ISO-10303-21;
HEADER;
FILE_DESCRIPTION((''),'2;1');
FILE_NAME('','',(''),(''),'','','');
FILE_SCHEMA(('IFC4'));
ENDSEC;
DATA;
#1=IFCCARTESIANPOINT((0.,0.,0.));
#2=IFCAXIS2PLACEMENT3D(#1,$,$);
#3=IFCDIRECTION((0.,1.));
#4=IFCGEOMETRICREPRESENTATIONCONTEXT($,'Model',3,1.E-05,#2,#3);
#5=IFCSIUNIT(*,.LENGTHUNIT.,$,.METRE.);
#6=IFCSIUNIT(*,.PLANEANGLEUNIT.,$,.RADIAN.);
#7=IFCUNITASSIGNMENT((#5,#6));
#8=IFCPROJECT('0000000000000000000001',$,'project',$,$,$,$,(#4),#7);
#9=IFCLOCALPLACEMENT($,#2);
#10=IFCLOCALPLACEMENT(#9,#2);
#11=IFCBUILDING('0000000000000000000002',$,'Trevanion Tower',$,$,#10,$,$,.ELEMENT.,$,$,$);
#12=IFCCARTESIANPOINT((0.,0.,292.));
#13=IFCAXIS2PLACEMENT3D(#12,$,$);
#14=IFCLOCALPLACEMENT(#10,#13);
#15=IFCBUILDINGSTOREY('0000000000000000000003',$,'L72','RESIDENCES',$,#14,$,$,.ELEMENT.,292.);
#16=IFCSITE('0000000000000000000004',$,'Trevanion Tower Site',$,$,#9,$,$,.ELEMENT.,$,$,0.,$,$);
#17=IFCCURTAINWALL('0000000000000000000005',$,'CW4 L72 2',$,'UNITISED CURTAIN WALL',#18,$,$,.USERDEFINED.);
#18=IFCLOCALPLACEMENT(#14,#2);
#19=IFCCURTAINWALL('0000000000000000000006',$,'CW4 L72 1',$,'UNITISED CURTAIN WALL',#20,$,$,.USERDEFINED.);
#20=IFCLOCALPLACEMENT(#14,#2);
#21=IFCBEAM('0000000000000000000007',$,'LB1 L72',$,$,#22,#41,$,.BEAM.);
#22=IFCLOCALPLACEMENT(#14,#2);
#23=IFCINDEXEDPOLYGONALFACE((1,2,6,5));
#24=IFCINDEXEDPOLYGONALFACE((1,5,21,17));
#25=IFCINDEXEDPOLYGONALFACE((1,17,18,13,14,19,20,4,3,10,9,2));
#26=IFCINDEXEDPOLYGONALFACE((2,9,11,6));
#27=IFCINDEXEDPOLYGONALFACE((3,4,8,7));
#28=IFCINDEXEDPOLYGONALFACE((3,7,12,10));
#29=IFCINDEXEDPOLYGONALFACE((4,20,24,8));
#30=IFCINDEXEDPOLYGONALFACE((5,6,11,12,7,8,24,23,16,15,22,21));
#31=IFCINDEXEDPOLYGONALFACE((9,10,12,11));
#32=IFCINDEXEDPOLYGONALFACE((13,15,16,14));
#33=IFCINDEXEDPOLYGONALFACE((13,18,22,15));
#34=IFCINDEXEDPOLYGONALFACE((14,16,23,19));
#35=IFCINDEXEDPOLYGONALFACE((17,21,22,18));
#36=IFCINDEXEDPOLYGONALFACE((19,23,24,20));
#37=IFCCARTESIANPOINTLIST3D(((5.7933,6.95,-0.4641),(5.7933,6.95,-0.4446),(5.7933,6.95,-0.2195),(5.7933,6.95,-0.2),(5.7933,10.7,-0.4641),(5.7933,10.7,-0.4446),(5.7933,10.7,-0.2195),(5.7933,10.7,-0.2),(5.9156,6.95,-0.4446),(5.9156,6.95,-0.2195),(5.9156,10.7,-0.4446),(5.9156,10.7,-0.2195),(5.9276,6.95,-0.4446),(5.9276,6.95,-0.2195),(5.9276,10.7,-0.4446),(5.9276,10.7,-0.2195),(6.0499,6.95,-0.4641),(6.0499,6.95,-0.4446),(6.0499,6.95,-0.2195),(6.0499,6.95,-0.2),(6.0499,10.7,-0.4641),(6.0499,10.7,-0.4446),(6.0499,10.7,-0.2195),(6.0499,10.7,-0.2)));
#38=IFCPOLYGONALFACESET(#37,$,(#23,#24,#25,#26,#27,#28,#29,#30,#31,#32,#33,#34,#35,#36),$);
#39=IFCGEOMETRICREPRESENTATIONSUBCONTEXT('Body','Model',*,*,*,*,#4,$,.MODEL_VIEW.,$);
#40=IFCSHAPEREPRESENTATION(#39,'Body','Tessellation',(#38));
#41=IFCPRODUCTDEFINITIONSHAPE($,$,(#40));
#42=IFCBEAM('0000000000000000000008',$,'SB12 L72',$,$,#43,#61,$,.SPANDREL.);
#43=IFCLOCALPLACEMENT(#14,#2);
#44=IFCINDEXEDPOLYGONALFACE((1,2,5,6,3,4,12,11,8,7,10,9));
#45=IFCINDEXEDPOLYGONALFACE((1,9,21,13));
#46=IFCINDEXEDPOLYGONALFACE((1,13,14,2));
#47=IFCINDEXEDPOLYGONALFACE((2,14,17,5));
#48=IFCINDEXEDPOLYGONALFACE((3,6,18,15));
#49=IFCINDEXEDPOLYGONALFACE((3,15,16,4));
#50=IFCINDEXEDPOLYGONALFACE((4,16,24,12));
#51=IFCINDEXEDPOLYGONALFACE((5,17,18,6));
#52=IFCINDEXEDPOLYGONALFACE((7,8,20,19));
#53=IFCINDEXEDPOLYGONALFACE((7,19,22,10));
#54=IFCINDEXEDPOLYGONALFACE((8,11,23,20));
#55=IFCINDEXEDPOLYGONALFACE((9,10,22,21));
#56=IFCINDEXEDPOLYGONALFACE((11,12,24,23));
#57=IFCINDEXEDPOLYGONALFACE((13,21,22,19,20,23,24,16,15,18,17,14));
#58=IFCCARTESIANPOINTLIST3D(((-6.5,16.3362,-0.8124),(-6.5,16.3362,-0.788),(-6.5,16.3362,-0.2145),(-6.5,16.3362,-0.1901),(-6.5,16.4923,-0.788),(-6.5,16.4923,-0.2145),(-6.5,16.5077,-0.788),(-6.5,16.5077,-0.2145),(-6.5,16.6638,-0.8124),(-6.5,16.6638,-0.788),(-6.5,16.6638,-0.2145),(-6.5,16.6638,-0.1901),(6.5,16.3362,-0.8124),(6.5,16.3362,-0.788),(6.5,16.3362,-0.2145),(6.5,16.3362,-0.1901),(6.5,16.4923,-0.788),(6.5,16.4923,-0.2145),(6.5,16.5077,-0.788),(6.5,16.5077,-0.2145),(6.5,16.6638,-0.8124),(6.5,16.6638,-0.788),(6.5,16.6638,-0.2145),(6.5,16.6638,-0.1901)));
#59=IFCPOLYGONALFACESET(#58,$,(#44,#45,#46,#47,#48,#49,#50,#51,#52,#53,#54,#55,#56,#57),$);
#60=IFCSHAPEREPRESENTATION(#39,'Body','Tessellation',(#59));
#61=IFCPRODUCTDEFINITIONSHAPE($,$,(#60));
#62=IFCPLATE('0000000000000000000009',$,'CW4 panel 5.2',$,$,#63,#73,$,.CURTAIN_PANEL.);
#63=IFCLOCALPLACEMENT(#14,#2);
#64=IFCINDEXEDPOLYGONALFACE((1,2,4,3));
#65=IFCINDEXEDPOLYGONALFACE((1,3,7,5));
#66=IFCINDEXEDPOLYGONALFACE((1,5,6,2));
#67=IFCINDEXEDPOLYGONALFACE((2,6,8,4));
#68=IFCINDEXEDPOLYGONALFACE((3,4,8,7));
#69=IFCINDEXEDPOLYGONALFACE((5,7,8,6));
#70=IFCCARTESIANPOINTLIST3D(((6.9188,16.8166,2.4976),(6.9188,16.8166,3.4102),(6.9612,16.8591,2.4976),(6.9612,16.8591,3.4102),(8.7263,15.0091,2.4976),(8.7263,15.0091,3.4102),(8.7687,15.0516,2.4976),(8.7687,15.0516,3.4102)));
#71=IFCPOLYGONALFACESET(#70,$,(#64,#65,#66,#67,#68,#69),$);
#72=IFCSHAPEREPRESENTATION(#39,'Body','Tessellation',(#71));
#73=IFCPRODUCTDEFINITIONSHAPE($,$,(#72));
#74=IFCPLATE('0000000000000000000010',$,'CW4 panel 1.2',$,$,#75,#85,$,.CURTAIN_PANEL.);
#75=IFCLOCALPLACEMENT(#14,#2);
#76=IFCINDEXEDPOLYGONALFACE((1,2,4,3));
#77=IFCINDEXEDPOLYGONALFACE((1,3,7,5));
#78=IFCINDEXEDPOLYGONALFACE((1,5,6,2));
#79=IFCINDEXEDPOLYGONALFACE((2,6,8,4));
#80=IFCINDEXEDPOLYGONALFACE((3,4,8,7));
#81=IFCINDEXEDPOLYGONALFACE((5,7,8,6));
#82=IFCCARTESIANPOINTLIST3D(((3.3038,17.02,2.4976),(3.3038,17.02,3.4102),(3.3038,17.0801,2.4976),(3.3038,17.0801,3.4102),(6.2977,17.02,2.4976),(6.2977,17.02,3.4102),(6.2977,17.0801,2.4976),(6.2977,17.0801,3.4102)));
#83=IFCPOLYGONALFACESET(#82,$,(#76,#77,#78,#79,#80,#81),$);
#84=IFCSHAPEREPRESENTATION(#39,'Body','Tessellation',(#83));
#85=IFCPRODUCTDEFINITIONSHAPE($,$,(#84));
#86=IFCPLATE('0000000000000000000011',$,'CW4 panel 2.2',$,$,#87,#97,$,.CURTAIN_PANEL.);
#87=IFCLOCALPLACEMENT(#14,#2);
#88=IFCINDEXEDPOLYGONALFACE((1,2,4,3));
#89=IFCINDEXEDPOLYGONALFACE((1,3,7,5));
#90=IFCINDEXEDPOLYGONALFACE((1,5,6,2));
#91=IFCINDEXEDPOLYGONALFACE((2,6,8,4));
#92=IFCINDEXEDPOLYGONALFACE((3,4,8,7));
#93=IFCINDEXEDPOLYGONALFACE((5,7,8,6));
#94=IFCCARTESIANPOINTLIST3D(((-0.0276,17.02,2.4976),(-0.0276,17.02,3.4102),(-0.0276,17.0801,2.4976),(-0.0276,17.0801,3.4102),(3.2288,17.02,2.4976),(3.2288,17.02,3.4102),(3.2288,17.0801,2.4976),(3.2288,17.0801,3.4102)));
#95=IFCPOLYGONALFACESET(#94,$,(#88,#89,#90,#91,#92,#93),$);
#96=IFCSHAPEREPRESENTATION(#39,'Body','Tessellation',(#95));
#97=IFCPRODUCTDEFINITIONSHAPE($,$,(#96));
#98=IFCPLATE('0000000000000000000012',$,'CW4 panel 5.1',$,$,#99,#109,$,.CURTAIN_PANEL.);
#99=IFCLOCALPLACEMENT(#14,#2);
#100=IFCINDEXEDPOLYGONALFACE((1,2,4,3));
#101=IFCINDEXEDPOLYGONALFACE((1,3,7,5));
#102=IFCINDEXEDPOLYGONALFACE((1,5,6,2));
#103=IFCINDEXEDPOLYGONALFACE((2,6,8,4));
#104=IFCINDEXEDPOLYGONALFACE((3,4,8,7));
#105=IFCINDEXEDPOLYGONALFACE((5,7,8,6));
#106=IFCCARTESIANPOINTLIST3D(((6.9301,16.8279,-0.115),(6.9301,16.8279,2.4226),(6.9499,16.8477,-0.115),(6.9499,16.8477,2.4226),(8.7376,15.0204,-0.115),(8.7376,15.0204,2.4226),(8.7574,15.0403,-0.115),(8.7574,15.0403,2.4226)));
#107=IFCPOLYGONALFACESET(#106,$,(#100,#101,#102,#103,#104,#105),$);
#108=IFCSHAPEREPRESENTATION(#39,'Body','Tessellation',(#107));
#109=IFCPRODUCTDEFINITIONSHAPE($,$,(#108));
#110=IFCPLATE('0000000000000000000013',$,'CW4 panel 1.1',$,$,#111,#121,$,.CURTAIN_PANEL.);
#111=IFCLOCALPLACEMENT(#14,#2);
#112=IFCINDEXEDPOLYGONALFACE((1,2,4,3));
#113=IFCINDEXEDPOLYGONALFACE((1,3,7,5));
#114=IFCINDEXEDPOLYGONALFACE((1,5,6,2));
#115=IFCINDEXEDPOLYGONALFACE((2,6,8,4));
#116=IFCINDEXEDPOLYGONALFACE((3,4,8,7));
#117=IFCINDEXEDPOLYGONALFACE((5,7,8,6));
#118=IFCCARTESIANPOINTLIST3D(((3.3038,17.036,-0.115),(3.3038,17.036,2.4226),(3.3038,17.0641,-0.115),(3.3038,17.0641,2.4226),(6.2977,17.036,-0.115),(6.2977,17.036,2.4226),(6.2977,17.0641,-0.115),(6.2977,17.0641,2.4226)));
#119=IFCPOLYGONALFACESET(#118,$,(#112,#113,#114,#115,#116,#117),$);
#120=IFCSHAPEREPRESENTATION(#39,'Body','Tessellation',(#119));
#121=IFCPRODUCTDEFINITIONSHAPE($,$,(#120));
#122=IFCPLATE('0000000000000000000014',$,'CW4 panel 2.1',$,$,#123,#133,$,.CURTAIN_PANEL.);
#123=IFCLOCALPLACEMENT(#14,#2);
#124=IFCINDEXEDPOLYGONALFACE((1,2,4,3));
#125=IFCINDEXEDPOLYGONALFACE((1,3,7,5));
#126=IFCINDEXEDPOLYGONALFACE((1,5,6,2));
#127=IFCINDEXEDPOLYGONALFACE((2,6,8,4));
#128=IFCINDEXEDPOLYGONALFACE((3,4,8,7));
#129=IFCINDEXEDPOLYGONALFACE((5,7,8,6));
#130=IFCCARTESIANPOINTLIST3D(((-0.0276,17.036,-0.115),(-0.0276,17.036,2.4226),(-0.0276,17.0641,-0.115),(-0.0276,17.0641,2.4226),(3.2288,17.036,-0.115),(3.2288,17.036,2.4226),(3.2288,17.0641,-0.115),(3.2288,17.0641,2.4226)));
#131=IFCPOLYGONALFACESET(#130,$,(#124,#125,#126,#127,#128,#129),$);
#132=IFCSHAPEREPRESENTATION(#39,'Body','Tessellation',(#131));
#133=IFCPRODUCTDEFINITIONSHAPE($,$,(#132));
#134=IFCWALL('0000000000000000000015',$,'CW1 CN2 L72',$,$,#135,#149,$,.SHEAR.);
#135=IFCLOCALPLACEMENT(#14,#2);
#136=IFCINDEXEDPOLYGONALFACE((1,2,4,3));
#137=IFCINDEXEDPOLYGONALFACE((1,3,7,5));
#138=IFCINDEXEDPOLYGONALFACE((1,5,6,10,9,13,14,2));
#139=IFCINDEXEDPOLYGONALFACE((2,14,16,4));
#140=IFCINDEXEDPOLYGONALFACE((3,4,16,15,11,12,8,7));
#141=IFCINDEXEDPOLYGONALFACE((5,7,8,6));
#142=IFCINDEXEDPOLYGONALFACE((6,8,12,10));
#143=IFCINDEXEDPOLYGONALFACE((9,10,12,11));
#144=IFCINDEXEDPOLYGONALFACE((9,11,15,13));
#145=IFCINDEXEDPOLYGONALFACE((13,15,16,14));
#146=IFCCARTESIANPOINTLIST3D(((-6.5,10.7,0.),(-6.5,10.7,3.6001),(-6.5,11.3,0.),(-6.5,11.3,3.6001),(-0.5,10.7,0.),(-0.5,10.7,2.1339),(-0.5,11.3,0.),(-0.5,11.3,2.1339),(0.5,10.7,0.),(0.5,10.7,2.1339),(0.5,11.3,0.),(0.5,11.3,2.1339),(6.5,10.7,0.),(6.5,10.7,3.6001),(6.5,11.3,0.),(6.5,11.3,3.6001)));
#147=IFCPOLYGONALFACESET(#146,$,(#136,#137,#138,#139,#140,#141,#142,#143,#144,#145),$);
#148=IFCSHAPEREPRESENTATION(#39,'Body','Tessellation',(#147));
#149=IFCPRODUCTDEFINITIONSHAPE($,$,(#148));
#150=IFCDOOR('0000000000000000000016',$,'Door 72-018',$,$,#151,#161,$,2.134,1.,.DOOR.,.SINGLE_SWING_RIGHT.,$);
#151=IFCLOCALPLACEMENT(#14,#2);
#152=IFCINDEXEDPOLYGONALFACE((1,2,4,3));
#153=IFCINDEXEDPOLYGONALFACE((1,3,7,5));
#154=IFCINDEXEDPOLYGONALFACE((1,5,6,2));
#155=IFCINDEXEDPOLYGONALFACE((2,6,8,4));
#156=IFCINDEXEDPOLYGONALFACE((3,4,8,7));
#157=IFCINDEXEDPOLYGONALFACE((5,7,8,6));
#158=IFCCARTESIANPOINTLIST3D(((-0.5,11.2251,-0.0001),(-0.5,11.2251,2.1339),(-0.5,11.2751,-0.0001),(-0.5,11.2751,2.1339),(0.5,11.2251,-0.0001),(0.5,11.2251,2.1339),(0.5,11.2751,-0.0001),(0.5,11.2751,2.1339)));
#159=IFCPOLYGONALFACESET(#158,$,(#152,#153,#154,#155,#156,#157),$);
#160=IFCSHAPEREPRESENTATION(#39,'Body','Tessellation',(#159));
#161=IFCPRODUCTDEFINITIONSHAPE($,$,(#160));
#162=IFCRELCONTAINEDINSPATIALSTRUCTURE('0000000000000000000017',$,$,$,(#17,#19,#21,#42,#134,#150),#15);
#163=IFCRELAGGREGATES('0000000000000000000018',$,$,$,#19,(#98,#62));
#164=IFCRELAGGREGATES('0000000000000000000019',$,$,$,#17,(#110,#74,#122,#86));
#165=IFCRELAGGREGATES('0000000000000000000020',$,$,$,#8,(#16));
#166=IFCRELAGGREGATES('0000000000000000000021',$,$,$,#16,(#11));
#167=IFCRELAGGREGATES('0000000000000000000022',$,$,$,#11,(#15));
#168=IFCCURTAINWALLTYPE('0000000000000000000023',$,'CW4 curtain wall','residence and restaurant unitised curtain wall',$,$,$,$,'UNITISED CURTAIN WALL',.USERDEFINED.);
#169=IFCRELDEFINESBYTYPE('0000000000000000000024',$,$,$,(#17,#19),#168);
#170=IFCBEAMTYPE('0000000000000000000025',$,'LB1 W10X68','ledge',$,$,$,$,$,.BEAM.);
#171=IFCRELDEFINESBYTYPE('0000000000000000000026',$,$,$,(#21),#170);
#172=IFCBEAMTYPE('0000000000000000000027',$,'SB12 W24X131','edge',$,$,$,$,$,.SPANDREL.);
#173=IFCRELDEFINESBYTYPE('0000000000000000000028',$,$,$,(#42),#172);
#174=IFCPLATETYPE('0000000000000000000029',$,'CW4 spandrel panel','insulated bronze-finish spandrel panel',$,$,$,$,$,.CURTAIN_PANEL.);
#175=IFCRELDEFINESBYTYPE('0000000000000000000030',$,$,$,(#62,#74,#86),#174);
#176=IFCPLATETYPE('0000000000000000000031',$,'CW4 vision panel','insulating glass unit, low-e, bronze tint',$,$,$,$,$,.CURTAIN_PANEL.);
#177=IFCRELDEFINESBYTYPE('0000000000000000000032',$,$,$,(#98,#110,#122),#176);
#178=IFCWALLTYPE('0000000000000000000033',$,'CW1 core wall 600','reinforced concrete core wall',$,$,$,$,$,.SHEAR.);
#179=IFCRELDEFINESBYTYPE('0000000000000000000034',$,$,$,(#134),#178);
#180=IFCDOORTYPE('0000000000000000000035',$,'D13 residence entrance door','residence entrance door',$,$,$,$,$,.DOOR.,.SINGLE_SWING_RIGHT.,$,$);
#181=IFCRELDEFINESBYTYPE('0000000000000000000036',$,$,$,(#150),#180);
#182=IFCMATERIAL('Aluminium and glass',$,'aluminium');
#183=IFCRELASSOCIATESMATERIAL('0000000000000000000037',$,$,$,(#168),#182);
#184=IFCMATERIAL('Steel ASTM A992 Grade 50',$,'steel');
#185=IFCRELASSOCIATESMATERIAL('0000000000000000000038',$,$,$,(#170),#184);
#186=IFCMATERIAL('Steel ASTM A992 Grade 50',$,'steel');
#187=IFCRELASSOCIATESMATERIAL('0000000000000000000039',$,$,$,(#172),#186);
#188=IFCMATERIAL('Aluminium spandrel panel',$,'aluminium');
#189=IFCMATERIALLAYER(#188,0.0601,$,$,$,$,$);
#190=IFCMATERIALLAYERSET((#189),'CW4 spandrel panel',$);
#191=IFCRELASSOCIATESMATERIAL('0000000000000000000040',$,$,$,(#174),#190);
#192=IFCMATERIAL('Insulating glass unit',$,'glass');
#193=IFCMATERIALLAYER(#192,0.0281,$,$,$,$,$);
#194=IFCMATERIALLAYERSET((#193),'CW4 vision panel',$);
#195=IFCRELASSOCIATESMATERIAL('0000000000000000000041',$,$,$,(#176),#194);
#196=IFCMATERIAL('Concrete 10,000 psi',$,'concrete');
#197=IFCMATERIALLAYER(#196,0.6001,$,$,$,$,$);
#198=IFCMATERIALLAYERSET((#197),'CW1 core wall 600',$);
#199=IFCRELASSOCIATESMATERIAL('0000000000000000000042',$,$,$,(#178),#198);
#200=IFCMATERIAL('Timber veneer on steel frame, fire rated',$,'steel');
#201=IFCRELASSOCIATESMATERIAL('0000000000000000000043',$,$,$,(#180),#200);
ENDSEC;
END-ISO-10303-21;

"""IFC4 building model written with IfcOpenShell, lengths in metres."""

from ifc_helpers import new_model, si_unit, direction, frame, frame_2d, origin, origin_2d, place, context, subcontext, project, spatial, rectangle, i_section, extrude, material, layer, layer_set, material_profile, profile_set, type_object, element, fill, aggregate, save


model = new_model("IFC4")

# Units and contexts
model_context = context("Model", 3, precision=1e-05, world=origin(), true_north=direction((0.0, 1.0)))
body_context = subcontext(model_context, "Body", "Model", "MODEL_VIEW")
ifc_project = project(units=[si_unit("LENGTHUNIT", "METRE"), si_unit("PLANEANGLEUNIT", "RADIAN")], contexts=[model_context])

# Site, building, storey
site_placement = place(None, origin())
site = spatial("IfcSite", under=ifc_project, at=site_placement, Name="Trevanion Tower Site", CompositionType="ELEMENT", RefElevation=0.0)
building_placement = place(site_placement, origin())
building = spatial("IfcBuilding", under=site, at=building_placement, Name="Trevanion Tower", CompositionType="ELEMENT")
storey_placement = place(building_placement, frame((0.0, 0.0, 292.0)))
storey = spatial("IfcBuildingStorey", under=building, at=storey_placement, Name="L72", Description="RESIDENCES", CompositionType="ELEMENT", Elevation=292.0)

# Curtain walls
ifc_material_1 = material(Name="Aluminium and glass", Category="aluminium")
curtain_wall_type = type_object("IfcCurtainWallType", Name="CW4 curtain wall", Description="residence and restaurant unitised curtain wall", ElementType="UNITISED CURTAIN WALL", PredefinedType="USERDEFINED", material=ifc_material_1)
curtain_wall_1_placement = place(storey_placement, origin())
curtain_wall_1 = element("IfcCurtainWall", 1, at=curtain_wall_1_placement, inside=storey, type_object=curtain_wall_type, Name="CW4 L72 2", ObjectType="UNITISED CURTAIN WALL", PredefinedType="USERDEFINED")
curtain_wall_2_placement = place(storey_placement, origin())
curtain_wall_2 = element("IfcCurtainWall", 2, at=curtain_wall_2_placement, inside=storey, type_object=curtain_wall_type, Name="CW4 L72 1", ObjectType="UNITISED CURTAIN WALL", PredefinedType="USERDEFINED")

# Beams
ifc_material_2 = material(Name="Steel ASTM A992 Grade 50", Category="steel")
ifc_material_profile_1 = material_profile(ifc_material_2, i_section(OverallWidth=0.2566, OverallDepth=0.2642, WebThickness=0.012, FlangeThickness=0.0195, at=origin_2d()), Name="W10X68")
ifc_profile_set_1 = profile_set([ifc_material_profile_1], Name="Steel ASTM A992 Grade 50")
beam_type_1 = type_object("IfcBeamType", Name="LB1 W10X68", Description="ledge", PredefinedType="BEAM", material=ifc_profile_set_1)
beam_1_placement = place(storey_placement, frame((5.9216, 6.95, -0.332), z_axis=(0.0, 1.0, 0.0), x_axis=(-1.0, 0.0, 0.0)))
element("IfcBeam", 3, at=beam_1_placement, inside=storey, type_object=beam_type_1, Name="LB1 L72", PredefinedType="BEAM", context=body_context, shape_type="SweptSolid", body=[
    extrude(i_section(OverallWidth=0.2566, OverallDepth=0.2642, WebThickness=0.012, FlangeThickness=0.0195, at=origin_2d()), origin(), (0.0, 0.0, 1.0), 3.75),
])
ifc_material_3 = material(Name="Steel ASTM A992 Grade 50", Category="steel")
ifc_material_profile_2 = material_profile(ifc_material_3, i_section(OverallWidth=0.3276, OverallDepth=0.6223, WebThickness=0.0154, FlangeThickness=0.0244, at=origin_2d()), Name="W24X131")
ifc_profile_set_2 = profile_set([ifc_material_profile_2], Name="Steel ASTM A992 Grade 50")
beam_type_2 = type_object("IfcBeamType", Name="SB12 W24X131", Description="edge", PredefinedType="SPANDREL", material=ifc_profile_set_2)
beam_2_placement = place(storey_placement, frame((6.5, 16.5, -0.5012), z_axis=(-1.0, 0.0, 0.0), x_axis=(0.0, -1.0, 0.0)))
element("IfcBeam", 4, at=beam_2_placement, inside=storey, type_object=beam_type_2, Name="SB12 L72", PredefinedType="SPANDREL", context=body_context, shape_type="SweptSolid", body=[
    extrude(i_section(OverallWidth=0.3276, OverallDepth=0.6223, WebThickness=0.0154, FlangeThickness=0.0244, at=origin_2d()), origin(), (0.0, 0.0, 1.0), 13.0),
])

# Plates
ifc_material_4 = material(Name="Aluminium spandrel panel", Category="aluminium")
ifc_layer_1 = layer(ifc_material_4, 0.0601)
ifc_layer_set_1 = layer_set([ifc_layer_1], Name="CW4 spandrel panel")
plate_type_1 = type_object("IfcPlateType", Name="CW4 spandrel panel", Description="insulated bronze-finish spandrel panel", PredefinedType="CURTAIN_PANEL", material=ifc_layer_set_1)
plate_1_placement = place(storey_placement, frame((7.8438, 15.9341, 2.4976), z_axis=(0.0, 0.0, 1.0), x_axis=(-0.707107, 0.707107, 0.0)))
plate_1 = element("IfcPlate", 5, at=plate_1_placement, type_object=plate_type_1, Name="CW4 panel 5.2", PredefinedType="CURTAIN_PANEL", context=body_context, shape_type="SweptSolid", body=[
    extrude(rectangle(XDim=2.5562, YDim=0.0601, at=origin_2d()), origin(), (0.0, 0.0, 1.0), 0.9126),
])
plate_2_placement = place(storey_placement, frame((4.8008, 17.05, 2.4976), z_axis=(0.0, 0.0, 1.0), x_axis=(-1.0, 0.0, 0.0)))
plate_2 = element("IfcPlate", 6, at=plate_2_placement, type_object=plate_type_1, Name="CW4 panel 1.2", PredefinedType="CURTAIN_PANEL", context=body_context, shape_type="SweptSolid", body=[
    extrude(rectangle(XDim=2.9939, YDim=0.0601, at=origin_2d()), origin(), (0.0, 0.0, 1.0), 0.9126),
])
plate_3_placement = place(storey_placement, frame((1.6006, 17.05, 2.4976), z_axis=(0.0, 0.0, 1.0), x_axis=(-1.0, 0.0, 0.0)))
plate_3 = element("IfcPlate", 7, at=plate_3_placement, type_object=plate_type_1, Name="CW4 panel 2.2", PredefinedType="CURTAIN_PANEL", context=body_context, shape_type="SweptSolid", body=[
    extrude(rectangle(XDim=3.2563, YDim=0.0601, at=origin_2d()), origin(), (0.0, 0.0, 1.0), 0.9126),
])
ifc_material_5 = material(Name="Insulating glass unit", Category="glass")
ifc_layer_2 = layer(ifc_material_5, 0.0281)
ifc_layer_set_2 = layer_set([ifc_layer_2], Name="CW4 vision panel")
plate_type_2 = type_object("IfcPlateType", Name="CW4 vision panel", Description="insulating glass unit, low-e, bronze tint", PredefinedType="CURTAIN_PANEL", material=ifc_layer_set_2)
plate_4_placement = place(storey_placement, frame((7.8438, 15.9341, -0.115), z_axis=(0.0, 0.0, 1.0), x_axis=(-0.707107, 0.707107, 0.0)))
plate_4 = element("IfcPlate", 8, at=plate_4_placement, type_object=plate_type_2, Name="CW4 panel 5.1", PredefinedType="CURTAIN_PANEL", context=body_context, shape_type="SweptSolid", body=[
    extrude(rectangle(XDim=2.5562, YDim=0.0281, at=origin_2d()), origin(), (0.0, 0.0, 1.0), 2.5376),
])
aggregate(curtain_wall_2, [plate_4, plate_1])
plate_5_placement = place(storey_placement, frame((4.8008, 17.05, -0.115), z_axis=(0.0, 0.0, 1.0), x_axis=(-1.0, 0.0, 0.0)))
plate_5 = element("IfcPlate", 9, at=plate_5_placement, type_object=plate_type_2, Name="CW4 panel 1.1", PredefinedType="CURTAIN_PANEL", context=body_context, shape_type="SweptSolid", body=[
    extrude(rectangle(XDim=2.9939, YDim=0.0281, at=origin_2d()), origin(), (0.0, 0.0, 1.0), 2.5376),
])
plate_6_placement = place(storey_placement, frame((1.6006, 17.05, -0.115), z_axis=(0.0, 0.0, 1.0), x_axis=(-1.0, 0.0, 0.0)))
plate_6 = element("IfcPlate", 10, at=plate_6_placement, type_object=plate_type_2, Name="CW4 panel 2.1", PredefinedType="CURTAIN_PANEL", context=body_context, shape_type="SweptSolid", body=[
    extrude(rectangle(XDim=3.2563, YDim=0.0281, at=origin_2d()), origin(), (0.0, 0.0, 1.0), 2.5376),
])
aggregate(curtain_wall_1, [plate_5, plate_2, plate_6, plate_3])

# Wall, opening, door
ifc_material_6 = material(Name="Concrete 10,000 psi", Category="concrete")
ifc_layer_3 = layer(ifc_material_6, 0.6001)
ifc_layer_set_3 = layer_set([ifc_layer_3], Name="CW1 core wall 600")
wall_type_1 = type_object("IfcWallType", Name="CW1 core wall 600", Description="reinforced concrete core wall", PredefinedType="SHEAR", material=ifc_layer_set_3)
wall_1_placement = place(storey_placement, frame((6.5, 11.0, 0.0), z_axis=(0.0, 0.0, 1.0), x_axis=(-1.0, 0.0, 0.0)))
wall_1 = element("IfcWall", 11, at=wall_1_placement, inside=storey, type_object=wall_type_1, Name="CW1 CN2 L72", PredefinedType="SHEAR", context=body_context, shape_type="SweptSolid", body=[
    extrude(rectangle(XDim=13.0, YDim=0.6001, at=frame_2d((6.5, 0.0))), origin(), (0.0, 0.0, 1.0), 3.6001),
])
opening_1_placement = place(wall_1_placement, frame((6.0, 0.0, 0.0)))
opening_1 = element("IfcOpeningElement", 12, at=opening_1_placement, cuts=wall_1, PredefinedType="OPENING", context=body_context, shape_type="SweptSolid", body=[
    extrude(rectangle(XDim=1.0, YDim=2.134, at=frame_2d((0.5, 1.0669))), frame((0.0, 0.3101, 0.0), z_axis=(0.0, -1.0, 0.0), x_axis=(1.0, 0.0, 0.0)), (0.0, 0.0, 1.0), 0.6201),
])
ifc_material_7 = material(Name="Timber veneer on steel frame, fire rated", Category="steel")
door_type_1 = type_object("IfcDoorType", Name="D13 residence entrance door", Description="residence entrance door", OperationType="SINGLE_SWING_RIGHT", PredefinedType="DOOR", material=ifc_material_7)
door_1_placement = place(opening_1_placement, origin())
door_1 = element("IfcDoor", 13, at=door_1_placement, inside=storey, type_object=door_type_1, Name="Door 72-018", OperationType="SINGLE_SWING_RIGHT", OverallHeight=2.134, OverallWidth=1.0, PredefinedType="DOOR", context=body_context, shape_type="SweptSolid", body=[
    extrude(rectangle(XDim=1.0, YDim=2.134, at=frame_2d((0.5, 1.0669))), frame((0.0, -0.2251, 0.0), z_axis=(0.0, -1.0, 0.0), x_axis=(1.0, 0.0, 0.0)), (0.0, 0.0, 1.0), 0.05),
])
fill(opening_1, door_1)

save(model, "model.ifc")
